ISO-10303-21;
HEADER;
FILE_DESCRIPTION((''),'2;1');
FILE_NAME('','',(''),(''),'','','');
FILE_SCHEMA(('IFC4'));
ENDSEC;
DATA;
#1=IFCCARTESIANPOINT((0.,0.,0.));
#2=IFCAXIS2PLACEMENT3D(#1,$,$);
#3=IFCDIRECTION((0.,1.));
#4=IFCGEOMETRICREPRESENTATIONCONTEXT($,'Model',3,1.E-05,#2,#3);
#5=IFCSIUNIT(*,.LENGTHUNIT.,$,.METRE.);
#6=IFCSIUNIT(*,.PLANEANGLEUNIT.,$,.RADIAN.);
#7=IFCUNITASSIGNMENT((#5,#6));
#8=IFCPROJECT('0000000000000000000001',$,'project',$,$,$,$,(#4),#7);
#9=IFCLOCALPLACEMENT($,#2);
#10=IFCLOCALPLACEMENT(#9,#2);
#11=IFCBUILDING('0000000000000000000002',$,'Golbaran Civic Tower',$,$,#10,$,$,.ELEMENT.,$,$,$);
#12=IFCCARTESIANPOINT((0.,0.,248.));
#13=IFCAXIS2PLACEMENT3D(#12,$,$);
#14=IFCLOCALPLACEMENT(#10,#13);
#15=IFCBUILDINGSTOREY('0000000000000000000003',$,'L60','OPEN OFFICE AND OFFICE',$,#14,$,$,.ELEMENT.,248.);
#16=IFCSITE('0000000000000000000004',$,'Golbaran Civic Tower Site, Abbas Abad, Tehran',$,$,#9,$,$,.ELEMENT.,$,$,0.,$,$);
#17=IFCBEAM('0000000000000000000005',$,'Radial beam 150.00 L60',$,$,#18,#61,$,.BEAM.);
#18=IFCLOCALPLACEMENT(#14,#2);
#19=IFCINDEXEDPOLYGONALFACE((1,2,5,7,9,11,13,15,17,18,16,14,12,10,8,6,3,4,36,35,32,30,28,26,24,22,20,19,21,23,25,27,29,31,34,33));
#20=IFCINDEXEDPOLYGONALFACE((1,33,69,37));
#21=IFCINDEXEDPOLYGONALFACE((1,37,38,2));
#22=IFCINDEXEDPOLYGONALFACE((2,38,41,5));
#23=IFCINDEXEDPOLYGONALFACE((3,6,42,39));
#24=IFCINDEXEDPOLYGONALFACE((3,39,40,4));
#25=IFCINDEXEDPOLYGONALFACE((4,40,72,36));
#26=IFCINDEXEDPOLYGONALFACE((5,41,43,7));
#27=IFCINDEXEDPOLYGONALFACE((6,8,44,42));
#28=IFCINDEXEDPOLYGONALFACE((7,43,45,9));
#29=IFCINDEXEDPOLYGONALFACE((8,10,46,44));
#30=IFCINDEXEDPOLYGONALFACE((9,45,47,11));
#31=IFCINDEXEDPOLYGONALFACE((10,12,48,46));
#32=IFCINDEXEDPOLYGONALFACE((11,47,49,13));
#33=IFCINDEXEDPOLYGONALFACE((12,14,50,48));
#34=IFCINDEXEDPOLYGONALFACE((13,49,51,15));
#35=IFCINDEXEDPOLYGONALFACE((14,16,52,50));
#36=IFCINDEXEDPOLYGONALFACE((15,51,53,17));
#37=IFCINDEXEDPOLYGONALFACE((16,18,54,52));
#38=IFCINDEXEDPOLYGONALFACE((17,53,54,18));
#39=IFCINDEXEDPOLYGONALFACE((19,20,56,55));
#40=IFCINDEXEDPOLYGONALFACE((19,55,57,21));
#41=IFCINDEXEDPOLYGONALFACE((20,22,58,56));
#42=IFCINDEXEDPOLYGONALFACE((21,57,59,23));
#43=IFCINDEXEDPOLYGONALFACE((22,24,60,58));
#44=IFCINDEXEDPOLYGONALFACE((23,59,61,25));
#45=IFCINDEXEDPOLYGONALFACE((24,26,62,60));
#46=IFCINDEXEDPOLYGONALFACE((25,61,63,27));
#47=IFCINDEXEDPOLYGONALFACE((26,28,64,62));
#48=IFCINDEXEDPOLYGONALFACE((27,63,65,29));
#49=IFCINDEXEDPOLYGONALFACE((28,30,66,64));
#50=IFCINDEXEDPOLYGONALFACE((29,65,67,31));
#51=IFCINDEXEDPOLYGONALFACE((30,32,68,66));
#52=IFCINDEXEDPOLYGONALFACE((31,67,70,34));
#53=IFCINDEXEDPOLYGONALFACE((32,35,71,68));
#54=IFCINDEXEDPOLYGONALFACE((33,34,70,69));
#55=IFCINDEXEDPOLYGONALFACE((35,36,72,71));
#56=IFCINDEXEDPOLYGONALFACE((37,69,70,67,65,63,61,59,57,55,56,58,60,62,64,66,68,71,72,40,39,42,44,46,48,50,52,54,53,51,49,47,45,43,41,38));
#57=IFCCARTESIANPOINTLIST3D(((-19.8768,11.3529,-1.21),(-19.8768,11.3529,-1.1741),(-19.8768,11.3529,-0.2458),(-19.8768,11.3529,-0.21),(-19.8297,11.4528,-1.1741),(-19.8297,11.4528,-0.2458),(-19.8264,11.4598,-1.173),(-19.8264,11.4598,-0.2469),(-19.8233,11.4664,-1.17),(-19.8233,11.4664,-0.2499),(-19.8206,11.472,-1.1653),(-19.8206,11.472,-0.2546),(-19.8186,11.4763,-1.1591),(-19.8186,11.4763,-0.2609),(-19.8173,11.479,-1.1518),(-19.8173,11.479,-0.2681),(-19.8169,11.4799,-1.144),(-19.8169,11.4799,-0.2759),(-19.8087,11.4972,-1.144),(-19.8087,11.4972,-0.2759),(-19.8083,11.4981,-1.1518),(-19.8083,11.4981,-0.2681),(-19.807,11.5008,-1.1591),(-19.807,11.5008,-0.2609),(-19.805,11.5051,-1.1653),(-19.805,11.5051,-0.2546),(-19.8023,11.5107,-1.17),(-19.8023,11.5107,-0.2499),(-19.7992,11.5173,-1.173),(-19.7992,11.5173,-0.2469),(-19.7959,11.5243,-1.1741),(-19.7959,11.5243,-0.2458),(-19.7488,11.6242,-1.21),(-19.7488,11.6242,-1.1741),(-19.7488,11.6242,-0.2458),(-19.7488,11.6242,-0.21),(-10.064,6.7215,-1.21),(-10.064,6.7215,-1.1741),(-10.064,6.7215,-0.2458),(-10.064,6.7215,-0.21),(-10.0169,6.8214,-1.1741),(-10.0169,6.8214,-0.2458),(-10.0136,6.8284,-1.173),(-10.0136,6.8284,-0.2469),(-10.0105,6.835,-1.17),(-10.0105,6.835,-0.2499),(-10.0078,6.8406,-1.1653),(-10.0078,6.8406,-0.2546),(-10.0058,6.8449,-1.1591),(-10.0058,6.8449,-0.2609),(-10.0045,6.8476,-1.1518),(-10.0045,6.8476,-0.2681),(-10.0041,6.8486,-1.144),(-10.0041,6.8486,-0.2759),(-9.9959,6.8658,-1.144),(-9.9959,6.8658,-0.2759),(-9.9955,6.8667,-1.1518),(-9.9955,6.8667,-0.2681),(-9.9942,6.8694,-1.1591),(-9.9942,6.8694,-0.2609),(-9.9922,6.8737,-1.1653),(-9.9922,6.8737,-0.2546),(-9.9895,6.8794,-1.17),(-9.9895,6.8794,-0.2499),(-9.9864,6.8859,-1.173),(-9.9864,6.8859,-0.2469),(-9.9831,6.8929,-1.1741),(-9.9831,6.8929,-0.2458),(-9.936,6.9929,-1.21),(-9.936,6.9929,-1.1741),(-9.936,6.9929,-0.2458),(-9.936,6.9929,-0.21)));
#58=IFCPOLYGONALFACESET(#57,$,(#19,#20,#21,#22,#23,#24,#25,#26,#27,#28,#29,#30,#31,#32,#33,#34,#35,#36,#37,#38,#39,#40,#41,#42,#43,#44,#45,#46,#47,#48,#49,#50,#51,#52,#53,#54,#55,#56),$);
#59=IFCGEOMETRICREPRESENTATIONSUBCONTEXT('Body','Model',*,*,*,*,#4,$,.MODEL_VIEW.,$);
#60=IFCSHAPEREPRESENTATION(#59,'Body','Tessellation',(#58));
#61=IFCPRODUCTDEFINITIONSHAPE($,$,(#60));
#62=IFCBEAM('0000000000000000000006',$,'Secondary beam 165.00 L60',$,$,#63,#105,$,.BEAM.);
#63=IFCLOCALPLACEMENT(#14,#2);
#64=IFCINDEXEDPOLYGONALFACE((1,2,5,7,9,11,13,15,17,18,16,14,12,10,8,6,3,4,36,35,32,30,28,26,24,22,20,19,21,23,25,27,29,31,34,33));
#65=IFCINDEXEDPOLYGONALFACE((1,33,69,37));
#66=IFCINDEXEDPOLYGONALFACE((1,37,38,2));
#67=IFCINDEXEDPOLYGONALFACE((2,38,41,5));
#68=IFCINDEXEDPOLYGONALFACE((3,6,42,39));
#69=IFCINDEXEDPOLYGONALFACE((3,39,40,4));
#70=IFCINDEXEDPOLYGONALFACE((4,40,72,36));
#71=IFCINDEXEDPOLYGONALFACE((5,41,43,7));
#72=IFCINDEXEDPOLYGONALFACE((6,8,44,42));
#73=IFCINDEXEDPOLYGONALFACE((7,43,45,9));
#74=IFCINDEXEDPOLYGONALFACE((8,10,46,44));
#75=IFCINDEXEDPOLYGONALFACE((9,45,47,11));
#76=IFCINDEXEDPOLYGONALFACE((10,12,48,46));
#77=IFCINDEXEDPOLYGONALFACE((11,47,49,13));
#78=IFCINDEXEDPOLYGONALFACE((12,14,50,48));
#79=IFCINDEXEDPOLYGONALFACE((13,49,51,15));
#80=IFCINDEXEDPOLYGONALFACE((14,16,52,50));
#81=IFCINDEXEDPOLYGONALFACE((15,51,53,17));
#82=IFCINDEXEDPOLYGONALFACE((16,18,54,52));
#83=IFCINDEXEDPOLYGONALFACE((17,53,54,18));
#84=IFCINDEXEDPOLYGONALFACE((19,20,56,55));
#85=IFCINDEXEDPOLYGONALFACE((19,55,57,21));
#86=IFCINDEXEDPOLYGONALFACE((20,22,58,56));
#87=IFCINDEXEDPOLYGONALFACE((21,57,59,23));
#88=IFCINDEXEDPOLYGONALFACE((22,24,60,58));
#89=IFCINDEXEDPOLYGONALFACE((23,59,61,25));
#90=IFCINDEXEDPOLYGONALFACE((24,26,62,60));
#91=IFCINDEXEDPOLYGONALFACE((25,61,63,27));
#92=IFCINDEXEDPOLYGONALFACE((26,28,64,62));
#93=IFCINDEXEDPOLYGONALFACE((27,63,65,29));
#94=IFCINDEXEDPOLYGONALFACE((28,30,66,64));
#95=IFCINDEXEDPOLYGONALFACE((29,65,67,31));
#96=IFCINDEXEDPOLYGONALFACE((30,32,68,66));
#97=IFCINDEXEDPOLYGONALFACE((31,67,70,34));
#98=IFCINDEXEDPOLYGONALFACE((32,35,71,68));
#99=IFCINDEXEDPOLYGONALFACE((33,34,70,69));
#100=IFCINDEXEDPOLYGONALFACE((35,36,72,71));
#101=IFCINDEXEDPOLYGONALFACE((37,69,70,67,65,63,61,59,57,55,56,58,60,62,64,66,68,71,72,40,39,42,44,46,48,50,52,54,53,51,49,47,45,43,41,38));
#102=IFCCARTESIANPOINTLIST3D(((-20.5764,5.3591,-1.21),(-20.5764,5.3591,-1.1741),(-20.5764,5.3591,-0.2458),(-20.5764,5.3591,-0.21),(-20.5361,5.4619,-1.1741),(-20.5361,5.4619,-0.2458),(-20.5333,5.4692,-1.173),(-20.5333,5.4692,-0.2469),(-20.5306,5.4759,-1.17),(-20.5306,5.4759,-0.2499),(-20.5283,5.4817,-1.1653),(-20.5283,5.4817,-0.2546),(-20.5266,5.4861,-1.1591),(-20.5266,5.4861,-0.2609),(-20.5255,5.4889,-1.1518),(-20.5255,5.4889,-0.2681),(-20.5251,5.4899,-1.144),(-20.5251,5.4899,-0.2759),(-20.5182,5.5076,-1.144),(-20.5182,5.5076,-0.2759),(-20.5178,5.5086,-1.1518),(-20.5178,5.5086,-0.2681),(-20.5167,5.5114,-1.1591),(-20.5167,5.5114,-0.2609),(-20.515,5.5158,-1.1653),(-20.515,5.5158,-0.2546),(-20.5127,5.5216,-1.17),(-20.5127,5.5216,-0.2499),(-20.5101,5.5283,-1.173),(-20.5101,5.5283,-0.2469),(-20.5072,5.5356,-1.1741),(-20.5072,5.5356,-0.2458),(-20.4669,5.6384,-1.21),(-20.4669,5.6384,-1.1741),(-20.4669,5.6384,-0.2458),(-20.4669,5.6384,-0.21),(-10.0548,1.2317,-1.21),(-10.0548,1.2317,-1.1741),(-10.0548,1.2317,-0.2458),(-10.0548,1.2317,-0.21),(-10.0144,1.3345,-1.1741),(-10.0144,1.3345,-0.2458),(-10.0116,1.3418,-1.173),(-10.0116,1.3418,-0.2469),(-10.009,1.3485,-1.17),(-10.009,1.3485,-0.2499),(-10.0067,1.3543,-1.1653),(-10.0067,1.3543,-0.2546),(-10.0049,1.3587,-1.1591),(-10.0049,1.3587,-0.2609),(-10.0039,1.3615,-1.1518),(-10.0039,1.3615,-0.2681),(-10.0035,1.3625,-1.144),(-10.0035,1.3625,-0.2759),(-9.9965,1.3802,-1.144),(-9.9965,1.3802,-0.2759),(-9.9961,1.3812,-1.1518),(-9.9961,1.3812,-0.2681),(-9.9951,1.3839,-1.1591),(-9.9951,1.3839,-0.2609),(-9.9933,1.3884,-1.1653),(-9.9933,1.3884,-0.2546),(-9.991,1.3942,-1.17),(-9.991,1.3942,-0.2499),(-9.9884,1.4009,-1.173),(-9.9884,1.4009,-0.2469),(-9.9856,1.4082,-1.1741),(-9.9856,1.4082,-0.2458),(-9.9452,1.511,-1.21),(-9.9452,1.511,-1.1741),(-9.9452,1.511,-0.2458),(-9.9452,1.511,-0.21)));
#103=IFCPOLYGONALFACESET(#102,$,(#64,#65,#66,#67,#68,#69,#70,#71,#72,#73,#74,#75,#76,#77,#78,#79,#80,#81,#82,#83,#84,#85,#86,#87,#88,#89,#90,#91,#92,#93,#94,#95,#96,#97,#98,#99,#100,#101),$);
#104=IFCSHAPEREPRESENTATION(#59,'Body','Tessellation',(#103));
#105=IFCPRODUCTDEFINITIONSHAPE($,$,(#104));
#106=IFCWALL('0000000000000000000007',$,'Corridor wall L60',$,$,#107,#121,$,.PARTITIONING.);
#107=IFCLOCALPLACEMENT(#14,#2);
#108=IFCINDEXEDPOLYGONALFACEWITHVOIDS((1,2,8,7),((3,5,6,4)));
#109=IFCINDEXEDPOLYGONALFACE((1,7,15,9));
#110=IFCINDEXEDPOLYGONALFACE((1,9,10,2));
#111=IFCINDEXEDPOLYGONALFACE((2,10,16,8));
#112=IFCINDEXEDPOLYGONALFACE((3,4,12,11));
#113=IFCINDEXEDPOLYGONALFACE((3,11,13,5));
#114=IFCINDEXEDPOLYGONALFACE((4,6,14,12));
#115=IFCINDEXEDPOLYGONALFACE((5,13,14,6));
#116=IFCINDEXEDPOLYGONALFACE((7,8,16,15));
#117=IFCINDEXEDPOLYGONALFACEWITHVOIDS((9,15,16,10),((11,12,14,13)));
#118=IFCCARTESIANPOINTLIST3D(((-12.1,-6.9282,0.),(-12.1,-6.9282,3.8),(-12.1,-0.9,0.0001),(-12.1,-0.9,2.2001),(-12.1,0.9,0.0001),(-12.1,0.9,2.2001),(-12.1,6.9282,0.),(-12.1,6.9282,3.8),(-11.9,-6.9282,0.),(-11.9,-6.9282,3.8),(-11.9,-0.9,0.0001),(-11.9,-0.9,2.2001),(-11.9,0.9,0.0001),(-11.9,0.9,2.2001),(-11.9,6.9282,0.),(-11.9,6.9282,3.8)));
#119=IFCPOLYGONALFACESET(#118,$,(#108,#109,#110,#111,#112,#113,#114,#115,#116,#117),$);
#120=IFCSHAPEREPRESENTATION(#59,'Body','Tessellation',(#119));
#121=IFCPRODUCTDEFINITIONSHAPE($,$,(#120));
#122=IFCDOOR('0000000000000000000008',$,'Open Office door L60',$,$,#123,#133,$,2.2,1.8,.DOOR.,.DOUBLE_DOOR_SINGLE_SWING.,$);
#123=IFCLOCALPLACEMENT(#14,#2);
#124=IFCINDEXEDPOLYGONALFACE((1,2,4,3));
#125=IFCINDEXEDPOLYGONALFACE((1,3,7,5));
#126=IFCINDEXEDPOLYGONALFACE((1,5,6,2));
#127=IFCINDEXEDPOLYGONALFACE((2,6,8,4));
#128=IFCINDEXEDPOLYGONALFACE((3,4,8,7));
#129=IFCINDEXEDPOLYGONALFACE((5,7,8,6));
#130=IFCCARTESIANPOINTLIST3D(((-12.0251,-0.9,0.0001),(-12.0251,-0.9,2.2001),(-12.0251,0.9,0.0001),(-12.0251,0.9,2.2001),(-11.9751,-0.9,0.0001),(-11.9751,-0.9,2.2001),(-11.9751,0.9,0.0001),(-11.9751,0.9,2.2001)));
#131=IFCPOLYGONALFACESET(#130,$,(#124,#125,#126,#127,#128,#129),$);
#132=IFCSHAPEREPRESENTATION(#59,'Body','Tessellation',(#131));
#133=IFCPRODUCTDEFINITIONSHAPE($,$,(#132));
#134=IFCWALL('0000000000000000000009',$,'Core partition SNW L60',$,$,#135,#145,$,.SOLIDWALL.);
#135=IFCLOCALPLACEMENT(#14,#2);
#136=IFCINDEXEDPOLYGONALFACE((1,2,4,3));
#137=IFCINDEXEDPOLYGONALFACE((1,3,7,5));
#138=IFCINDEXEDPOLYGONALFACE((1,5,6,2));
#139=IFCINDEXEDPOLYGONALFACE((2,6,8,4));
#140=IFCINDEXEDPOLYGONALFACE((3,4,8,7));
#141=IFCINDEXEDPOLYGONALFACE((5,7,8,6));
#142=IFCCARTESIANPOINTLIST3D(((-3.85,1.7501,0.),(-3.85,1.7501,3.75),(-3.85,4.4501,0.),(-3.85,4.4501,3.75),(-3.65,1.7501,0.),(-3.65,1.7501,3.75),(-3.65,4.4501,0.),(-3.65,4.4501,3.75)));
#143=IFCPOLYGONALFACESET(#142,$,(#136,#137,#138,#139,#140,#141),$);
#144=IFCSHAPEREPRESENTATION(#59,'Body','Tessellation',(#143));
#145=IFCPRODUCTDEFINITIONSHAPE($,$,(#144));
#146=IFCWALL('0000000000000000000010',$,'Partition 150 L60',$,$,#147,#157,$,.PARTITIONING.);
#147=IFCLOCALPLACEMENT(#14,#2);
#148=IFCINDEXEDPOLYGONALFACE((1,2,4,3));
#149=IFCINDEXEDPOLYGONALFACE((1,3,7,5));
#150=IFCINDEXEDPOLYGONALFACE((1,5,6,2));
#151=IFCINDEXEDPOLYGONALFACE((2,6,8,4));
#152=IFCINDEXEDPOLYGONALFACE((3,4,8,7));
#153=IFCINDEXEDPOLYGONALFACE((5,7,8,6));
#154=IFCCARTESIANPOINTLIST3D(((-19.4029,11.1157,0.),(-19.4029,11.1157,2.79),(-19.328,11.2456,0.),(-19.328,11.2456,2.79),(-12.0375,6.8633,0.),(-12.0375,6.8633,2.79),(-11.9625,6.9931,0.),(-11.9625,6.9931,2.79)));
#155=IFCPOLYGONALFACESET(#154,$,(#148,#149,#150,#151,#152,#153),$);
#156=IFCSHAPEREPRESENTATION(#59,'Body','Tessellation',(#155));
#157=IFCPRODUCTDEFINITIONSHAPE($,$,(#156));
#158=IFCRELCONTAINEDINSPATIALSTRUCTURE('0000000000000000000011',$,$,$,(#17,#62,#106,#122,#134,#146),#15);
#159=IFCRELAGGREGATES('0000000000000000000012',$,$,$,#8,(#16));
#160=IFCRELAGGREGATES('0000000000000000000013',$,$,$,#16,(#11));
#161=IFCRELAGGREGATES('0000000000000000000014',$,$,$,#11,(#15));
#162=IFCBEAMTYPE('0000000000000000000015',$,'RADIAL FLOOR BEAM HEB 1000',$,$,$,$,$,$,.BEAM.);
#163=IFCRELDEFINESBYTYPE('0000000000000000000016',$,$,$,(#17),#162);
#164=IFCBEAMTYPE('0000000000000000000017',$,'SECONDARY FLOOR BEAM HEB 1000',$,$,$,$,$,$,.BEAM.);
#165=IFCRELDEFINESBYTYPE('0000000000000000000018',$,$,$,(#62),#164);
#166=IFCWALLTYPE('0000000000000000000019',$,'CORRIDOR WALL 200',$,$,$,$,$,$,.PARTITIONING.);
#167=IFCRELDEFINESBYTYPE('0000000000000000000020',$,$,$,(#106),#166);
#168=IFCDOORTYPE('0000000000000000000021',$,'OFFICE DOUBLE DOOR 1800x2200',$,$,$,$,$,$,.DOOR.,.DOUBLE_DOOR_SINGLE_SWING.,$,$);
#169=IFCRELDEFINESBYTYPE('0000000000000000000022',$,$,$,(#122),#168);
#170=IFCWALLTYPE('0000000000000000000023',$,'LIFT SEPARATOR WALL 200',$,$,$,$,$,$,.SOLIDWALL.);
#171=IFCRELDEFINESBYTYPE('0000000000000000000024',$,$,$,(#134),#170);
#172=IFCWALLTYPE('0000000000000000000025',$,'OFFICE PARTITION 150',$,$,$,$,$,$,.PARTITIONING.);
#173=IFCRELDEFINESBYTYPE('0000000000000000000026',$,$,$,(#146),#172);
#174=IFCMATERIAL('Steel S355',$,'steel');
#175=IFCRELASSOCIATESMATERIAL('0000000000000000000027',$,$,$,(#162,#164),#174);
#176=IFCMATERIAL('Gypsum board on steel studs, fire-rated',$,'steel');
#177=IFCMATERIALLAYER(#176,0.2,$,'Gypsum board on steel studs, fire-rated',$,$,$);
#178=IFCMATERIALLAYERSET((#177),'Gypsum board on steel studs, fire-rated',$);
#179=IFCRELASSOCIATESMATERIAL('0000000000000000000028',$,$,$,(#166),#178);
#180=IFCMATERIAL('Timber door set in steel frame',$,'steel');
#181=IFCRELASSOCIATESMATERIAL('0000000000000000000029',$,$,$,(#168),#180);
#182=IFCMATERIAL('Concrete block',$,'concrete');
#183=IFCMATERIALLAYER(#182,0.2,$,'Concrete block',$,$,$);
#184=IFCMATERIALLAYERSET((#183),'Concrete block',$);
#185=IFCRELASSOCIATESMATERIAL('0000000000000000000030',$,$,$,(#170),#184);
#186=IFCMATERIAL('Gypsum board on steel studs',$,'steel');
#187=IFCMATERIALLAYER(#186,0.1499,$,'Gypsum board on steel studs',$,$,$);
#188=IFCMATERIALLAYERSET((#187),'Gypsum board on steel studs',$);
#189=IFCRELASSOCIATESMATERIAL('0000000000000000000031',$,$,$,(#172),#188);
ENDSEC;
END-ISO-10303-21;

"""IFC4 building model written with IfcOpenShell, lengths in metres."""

from ifc_helpers import new_model, si_unit, direction, frame, frame_2d, origin, origin_2d, place, context, subcontext, project, spatial, rectangle, i_section, extrude, material, layer, layer_set, material_profile, profile_set, type_object, element, fill, save


model = new_model("IFC4")

# Units and contexts
model_context = context("Model", 3, precision=1e-05, world=origin(), true_north=direction((0.0, 1.0)))
body_context = subcontext(model_context, "Body", "Model", "MODEL_VIEW")
ifc_project = project(units=[si_unit("LENGTHUNIT", "METRE"), si_unit("PLANEANGLEUNIT", "RADIAN")], contexts=[model_context])

# Site, building, storey
site_placement = place(None, origin())
site = spatial("IfcSite", under=ifc_project, at=site_placement, Name="Golbaran Civic Tower Site, Abbas Abad, Tehran", CompositionType="ELEMENT", RefElevation=0.0)
building_placement = place(site_placement, origin())
building = spatial("IfcBuilding", under=site, at=building_placement, Name="Golbaran Civic Tower", CompositionType="ELEMENT")
storey_placement = place(building_placement, frame((0.0, 0.0, 248.0)))
storey = spatial("IfcBuildingStorey", under=building, at=storey_placement, Name="L60", Description="OPEN OFFICE AND OFFICE", CompositionType="ELEMENT", Elevation=248.0)

# Beams
ifc_material_1 = material(Name="Steel S355", Category="steel")
ifc_material_profile_1 = material_profile(ifc_material_1, i_section(OverallWidth=0.3, OverallDepth=1.0, WebThickness=0.019, FlangeThickness=0.0359, FilletRadius=0.03, at=origin_2d()), Name="HEB 1000")
ifc_profile_set_1 = profile_set([ifc_material_profile_1], Name="Steel S355")
beam_type_1 = type_object("IfcBeamType", Name="RADIAL FLOOR BEAM HEB 1000", PredefinedType="BEAM", material=ifc_profile_set_1)
beam_1_placement = place(storey_placement, frame((-10.0, 6.8572, -0.71), z_axis=(-0.904336, 0.426822, 0.0), x_axis=(-0.426822, -0.904336, 0.0)))
element("IfcBeam", 1, at=beam_1_placement, inside=storey, type_object=beam_type_1, Name="Radial beam 150.00 L60", PredefinedType="BEAM", context=body_context, shape_type="SweptSolid", body=[
    extrude(i_section(OverallWidth=0.3, OverallDepth=1.0, WebThickness=0.019, FlangeThickness=0.0359, FilletRadius=0.03, at=origin_2d()), origin(), (0.0, 0.0, 1.0), 10.8508),
])
ifc_material_profile_2 = material_profile(ifc_material_1, i_section(OverallWidth=0.3, OverallDepth=1.0, WebThickness=0.019, FlangeThickness=0.0359, FilletRadius=0.03, at=origin_2d()), Name="HEB 1000")
ifc_profile_set_2 = profile_set([ifc_material_profile_2], Name="Steel S355")
beam_type_2 = type_object("IfcBeamType", Name="SECONDARY FLOOR BEAM HEB 1000", PredefinedType="BEAM", material=ifc_profile_set_2)
beam_2_placement = place(storey_placement, frame((-10.0, 1.3713, -0.71), z_axis=(-0.930935, 0.365185, 0.0), x_axis=(-0.365185, -0.930935, 0.0)))
element("IfcBeam", 2, at=beam_2_placement, inside=storey, type_object=beam_type_2, Name="Secondary beam 165.00 L60", PredefinedType="BEAM", context=body_context, shape_type="SweptSolid", body=[
    extrude(i_section(OverallWidth=0.3, OverallDepth=1.0, WebThickness=0.019, FlangeThickness=0.0359, FilletRadius=0.03, at=origin_2d()), origin(), (0.0, 0.0, 1.0), 11.3022),
])

# Wall, opening, door
ifc_material_2 = material(Name="Gypsum board on steel studs, fire-rated", Category="steel")
ifc_layer_1 = layer(ifc_material_2, 0.2, Name="Gypsum board on steel studs, fire-rated")
ifc_layer_set_1 = layer_set([ifc_layer_1], Name="Gypsum board on steel studs, fire-rated")
wall_type_1 = type_object("IfcWallType", Name="CORRIDOR WALL 200", PredefinedType="PARTITIONING", material=ifc_layer_set_1)
wall_1_placement = place(storey_placement, frame((-12.0, 6.9282, 0.0), z_axis=(0.0, 0.0, 1.0), x_axis=(0.0, -1.0, 0.0)))
wall_1 = element("IfcWall", 3, at=wall_1_placement, inside=storey, type_object=wall_type_1, Name="Corridor wall L60", PredefinedType="PARTITIONING", context=body_context, shape_type="SweptSolid", body=[
    extrude(rectangle(XDim=13.8564, YDim=0.2, at=frame_2d((6.9282, 0.0))), origin(), (0.0, 0.0, 1.0), 3.8),
])
opening_1_placement = place(wall_1_placement, frame((6.0283, 0.0, 0.0)))
opening_1 = element("IfcOpeningElement", 4, at=opening_1_placement, cuts=wall_1, PredefinedType="OPENING", context=body_context, shape_type="SweptSolid", body=[
    extrude(rectangle(XDim=1.8, YDim=2.2, at=frame_2d((0.8999, 1.1001))), frame((0.0, 0.1099, 0.0), z_axis=(0.0, -1.0, 0.0), x_axis=(1.0, 0.0, 0.0)), (0.0, 0.0, 1.0), 0.22),
])
ifc_material_3 = material(Name="Timber door set in steel frame", Category="steel")
door_type_1 = type_object("IfcDoorType", Name="OFFICE DOUBLE DOOR 1800x2200", OperationType="DOUBLE_DOOR_SINGLE_SWING", PredefinedType="DOOR", material=ifc_material_3)
door_1_placement = place(opening_1_placement, origin())
door_1 = element("IfcDoor", 5, at=door_1_placement, inside=storey, type_object=door_type_1, Name="Open Office door L60", OperationType="DOUBLE_DOOR_SINGLE_SWING", OverallHeight=2.2, OverallWidth=1.8, PredefinedType="DOOR", context=body_context, shape_type="SweptSolid", body=[
    extrude(rectangle(XDim=1.8, YDim=2.2, at=frame_2d((0.8999, 1.1001))), frame((0.0, 0.0249, 0.0), z_axis=(0.0, -1.0, 0.0), x_axis=(1.0, 0.0, 0.0)), (0.0, 0.0, 1.0), 0.05),
])
fill(opening_1, door_1)

# Walls
ifc_material_4 = material(Name="Concrete block", Category="concrete")
ifc_layer_2 = layer(ifc_material_4, 0.2, Name="Concrete block")
ifc_layer_set_2 = layer_set([ifc_layer_2], Name="Concrete block")
wall_type_2 = type_object("IfcWallType", Name="LIFT SEPARATOR WALL 200", PredefinedType="SOLIDWALL", material=ifc_layer_set_2)
wall_2_placement = place(storey_placement, frame((-3.75, 1.75, 0.0), z_axis=(0.0, 0.0, 1.0), x_axis=(0.0, 1.0, 0.0)))
element("IfcWall", 6, at=wall_2_placement, inside=storey, type_object=wall_type_2, Name="Core partition SNW L60", PredefinedType="SOLIDWALL", context=body_context, shape_type="SweptSolid", body=[
    extrude(rectangle(XDim=2.7, YDim=0.2, at=frame_2d((1.3501, 0.0))), origin(), (0.0, 0.0, 1.0), 3.75),
])
ifc_material_5 = material(Name="Gypsum board on steel studs", Category="steel")
ifc_layer_3 = layer(ifc_material_5, 0.1499, Name="Gypsum board on steel studs")
ifc_layer_set_3 = layer_set([ifc_layer_3], Name="Gypsum board on steel studs")
wall_type_3 = type_object("IfcWallType", Name="OFFICE PARTITION 150", PredefinedType="PARTITIONING", material=ifc_layer_set_3)
wall_3_placement = place(storey_placement, frame((-12.0, 6.9282, 0.0), z_axis=(0.0, 0.0, 1.0), x_axis=(-0.866026, 0.499998, 0.0)))
element("IfcWall", 7, at=wall_3_placement, inside=storey, type_object=wall_type_3, Name="Partition 150 L60", PredefinedType="PARTITIONING", context=body_context, shape_type="SweptSolid", body=[
    extrude(rectangle(XDim=8.5049, YDim=0.1499, at=frame_2d((4.2524, 0.0))), origin(), (0.0, 0.0, 1.0), 2.79),
])

save(model, "model.ifc")
